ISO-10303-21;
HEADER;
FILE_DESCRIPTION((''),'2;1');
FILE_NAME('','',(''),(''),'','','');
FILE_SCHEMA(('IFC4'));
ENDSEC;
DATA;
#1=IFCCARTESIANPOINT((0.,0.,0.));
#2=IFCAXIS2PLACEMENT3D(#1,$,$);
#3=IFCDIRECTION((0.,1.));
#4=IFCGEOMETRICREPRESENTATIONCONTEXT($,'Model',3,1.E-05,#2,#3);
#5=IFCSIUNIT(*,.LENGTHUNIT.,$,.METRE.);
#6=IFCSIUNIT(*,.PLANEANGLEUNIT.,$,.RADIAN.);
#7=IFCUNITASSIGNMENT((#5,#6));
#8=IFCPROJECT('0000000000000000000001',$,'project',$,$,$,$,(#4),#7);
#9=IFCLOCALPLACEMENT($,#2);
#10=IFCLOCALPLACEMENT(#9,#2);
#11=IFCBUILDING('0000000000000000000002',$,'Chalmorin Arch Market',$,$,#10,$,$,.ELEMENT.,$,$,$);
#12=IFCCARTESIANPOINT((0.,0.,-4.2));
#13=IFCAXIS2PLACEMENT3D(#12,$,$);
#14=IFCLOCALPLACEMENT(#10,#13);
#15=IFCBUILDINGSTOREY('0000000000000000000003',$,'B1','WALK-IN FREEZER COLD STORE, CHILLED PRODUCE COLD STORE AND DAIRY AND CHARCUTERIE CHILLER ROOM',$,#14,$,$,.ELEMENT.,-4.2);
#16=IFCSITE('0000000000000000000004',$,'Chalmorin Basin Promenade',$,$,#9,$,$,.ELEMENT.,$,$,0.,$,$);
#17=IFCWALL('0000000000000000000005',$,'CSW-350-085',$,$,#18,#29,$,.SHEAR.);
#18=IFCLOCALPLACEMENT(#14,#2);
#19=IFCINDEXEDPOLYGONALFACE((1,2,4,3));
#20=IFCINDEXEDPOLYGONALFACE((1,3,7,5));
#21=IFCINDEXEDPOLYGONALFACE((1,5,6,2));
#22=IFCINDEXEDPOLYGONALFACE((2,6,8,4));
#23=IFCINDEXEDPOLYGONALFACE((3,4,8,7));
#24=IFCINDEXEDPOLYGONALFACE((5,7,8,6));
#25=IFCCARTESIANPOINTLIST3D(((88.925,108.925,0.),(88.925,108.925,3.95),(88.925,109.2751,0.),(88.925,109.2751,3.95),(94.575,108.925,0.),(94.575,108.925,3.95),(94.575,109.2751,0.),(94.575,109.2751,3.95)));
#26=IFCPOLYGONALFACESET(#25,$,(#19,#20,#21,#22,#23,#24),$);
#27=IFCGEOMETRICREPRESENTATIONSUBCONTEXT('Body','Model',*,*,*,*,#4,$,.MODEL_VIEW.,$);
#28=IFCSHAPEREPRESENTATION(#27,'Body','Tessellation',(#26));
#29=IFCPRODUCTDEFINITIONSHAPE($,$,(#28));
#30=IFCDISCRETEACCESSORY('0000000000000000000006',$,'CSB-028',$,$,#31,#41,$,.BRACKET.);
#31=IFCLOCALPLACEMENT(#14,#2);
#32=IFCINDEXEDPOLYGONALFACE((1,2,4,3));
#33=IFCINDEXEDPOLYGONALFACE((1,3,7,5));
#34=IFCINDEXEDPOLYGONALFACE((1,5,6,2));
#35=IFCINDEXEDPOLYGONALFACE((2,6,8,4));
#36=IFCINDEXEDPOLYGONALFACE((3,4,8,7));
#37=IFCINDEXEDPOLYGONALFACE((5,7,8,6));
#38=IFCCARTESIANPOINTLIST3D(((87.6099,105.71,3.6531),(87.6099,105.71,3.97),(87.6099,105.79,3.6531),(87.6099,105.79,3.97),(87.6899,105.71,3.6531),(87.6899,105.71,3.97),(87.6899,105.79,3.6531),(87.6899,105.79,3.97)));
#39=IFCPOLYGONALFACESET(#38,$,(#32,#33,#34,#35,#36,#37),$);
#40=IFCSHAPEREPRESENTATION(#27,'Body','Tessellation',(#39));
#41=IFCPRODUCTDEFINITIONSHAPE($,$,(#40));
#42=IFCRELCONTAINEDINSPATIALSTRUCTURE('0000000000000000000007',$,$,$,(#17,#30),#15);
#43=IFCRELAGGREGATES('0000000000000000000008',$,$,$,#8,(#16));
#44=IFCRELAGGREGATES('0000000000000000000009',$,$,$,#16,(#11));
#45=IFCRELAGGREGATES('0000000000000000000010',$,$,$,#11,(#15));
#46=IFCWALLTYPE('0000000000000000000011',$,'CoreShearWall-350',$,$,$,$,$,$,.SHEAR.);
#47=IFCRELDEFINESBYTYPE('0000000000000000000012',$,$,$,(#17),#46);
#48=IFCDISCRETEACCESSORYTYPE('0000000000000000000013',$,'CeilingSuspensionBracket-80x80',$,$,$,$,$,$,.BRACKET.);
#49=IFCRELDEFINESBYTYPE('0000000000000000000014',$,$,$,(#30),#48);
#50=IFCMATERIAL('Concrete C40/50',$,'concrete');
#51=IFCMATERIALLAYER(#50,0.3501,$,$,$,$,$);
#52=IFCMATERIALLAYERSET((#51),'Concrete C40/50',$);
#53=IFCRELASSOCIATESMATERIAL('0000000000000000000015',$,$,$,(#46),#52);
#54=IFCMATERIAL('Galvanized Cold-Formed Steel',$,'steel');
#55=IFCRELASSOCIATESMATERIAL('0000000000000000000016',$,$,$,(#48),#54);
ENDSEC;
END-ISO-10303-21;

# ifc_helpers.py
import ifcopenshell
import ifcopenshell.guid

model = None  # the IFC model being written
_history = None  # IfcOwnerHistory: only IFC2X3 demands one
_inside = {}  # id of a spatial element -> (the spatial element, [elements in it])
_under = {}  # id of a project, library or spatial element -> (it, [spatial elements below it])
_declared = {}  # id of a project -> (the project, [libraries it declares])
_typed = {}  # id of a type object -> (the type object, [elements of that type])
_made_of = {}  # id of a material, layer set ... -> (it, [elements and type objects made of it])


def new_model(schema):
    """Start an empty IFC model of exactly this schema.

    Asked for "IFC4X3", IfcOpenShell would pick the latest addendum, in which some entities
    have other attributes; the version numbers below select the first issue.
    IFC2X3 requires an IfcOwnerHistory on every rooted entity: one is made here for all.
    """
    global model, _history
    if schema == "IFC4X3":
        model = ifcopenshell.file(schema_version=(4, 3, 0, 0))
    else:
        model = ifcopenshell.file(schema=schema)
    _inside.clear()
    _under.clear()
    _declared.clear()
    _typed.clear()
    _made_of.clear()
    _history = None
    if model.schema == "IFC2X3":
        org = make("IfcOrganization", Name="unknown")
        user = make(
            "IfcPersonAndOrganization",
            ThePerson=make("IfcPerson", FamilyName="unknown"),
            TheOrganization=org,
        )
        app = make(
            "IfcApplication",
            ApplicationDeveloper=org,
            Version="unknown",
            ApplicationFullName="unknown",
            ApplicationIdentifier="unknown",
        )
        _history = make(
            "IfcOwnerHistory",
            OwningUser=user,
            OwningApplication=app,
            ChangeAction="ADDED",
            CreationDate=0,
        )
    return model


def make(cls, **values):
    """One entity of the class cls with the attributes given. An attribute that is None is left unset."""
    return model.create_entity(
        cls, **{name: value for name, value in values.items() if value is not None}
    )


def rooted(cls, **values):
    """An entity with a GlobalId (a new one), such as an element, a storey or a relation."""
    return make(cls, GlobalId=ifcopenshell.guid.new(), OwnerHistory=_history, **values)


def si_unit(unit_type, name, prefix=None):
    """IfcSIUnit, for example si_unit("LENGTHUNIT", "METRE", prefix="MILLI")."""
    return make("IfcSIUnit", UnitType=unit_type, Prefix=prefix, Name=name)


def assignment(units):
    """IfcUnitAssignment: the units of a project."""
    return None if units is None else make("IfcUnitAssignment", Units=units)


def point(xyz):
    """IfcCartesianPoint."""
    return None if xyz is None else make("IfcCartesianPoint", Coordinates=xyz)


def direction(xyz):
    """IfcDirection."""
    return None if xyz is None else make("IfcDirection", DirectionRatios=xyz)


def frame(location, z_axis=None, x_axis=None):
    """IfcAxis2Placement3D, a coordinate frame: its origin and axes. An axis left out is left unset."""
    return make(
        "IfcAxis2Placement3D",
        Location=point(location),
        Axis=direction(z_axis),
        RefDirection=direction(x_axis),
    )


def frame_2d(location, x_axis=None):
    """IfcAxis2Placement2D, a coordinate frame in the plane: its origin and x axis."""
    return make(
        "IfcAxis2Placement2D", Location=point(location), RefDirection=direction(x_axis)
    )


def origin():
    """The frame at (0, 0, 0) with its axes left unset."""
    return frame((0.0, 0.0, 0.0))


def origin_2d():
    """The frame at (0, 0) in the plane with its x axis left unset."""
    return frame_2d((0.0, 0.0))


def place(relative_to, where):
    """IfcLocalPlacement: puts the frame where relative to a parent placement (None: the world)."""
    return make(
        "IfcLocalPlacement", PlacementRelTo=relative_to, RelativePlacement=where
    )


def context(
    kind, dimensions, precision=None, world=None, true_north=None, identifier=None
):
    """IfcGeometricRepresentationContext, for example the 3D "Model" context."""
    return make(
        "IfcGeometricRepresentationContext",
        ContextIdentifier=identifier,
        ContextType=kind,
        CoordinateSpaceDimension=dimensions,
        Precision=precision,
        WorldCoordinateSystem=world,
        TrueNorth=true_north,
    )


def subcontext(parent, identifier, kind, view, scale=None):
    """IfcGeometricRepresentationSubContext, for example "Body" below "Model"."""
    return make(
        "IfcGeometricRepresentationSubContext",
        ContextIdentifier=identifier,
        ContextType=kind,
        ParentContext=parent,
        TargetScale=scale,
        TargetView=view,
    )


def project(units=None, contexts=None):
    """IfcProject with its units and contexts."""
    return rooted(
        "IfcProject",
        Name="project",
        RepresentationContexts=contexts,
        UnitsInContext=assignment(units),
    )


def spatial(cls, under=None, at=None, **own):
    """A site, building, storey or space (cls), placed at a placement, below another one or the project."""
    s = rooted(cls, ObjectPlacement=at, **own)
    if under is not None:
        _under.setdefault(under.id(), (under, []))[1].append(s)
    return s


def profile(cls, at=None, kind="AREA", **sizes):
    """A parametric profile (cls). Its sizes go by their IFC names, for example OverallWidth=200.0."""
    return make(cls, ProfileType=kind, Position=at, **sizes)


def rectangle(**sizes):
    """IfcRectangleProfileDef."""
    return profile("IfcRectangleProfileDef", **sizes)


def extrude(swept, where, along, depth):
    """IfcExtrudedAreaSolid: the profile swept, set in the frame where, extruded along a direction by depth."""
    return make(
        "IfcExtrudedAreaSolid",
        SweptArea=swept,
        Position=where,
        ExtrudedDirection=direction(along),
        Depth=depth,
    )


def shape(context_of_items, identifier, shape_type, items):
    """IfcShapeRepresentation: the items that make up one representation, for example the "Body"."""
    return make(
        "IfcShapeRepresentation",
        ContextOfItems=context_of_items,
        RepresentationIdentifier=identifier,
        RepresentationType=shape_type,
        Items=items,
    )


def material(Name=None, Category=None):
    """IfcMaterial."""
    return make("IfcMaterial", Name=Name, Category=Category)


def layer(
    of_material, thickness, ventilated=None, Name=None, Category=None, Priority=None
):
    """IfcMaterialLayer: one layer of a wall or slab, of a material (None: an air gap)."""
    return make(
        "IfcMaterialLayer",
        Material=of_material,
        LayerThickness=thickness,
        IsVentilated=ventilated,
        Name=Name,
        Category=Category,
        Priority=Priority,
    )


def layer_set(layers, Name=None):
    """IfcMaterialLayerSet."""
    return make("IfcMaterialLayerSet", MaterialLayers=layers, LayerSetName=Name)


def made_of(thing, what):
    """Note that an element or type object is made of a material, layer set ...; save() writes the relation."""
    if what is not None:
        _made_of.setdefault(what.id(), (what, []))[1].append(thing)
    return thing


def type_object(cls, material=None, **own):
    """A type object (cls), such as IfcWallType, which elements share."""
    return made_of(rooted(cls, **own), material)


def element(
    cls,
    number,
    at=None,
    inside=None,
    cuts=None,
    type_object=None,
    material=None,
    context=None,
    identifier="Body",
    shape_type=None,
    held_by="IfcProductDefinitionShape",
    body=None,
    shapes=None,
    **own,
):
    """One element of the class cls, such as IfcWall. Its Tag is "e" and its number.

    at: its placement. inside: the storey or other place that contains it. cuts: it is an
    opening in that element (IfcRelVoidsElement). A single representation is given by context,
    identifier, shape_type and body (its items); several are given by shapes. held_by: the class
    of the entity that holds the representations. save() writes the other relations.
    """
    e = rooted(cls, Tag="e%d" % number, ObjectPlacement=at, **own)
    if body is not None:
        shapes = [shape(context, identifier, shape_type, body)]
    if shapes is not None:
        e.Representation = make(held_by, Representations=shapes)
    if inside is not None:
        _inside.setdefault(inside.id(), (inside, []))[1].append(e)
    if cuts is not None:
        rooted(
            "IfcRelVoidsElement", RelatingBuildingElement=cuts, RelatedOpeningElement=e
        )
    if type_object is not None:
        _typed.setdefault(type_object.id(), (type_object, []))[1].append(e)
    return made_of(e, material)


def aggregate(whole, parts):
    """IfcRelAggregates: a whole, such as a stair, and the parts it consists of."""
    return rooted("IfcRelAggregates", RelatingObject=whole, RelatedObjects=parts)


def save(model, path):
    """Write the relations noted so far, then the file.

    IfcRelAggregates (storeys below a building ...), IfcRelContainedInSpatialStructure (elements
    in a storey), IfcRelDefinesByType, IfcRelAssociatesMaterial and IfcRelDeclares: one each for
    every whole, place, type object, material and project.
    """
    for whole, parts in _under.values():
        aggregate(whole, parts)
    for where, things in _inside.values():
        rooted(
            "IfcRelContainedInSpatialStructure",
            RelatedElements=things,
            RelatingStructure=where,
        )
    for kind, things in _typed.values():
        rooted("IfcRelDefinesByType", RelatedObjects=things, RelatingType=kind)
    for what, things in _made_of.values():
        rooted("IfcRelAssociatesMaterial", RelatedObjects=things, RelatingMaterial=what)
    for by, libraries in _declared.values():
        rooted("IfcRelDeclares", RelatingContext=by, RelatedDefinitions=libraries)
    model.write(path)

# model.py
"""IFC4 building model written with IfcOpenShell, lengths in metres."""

from ifc_helpers import new_model, si_unit, direction, frame, frame_2d, origin, origin_2d, place, context, subcontext, project, spatial, rectangle, extrude, material, layer, layer_set, type_object, element, save


model = new_model("IFC4")

# Units and contexts
model_context = context("Model", 3, precision=1e-05, world=origin(), true_north=direction((0.0, 1.0)))
body_context = subcontext(model_context, "Body", "Model", "MODEL_VIEW")
ifc_project = project(units=[si_unit("LENGTHUNIT", "METRE"), si_unit("PLANEANGLEUNIT", "RADIAN")], contexts=[model_context])

# Site, building, storey
site_placement = place(None, origin())
site = spatial("IfcSite", under=ifc_project, at=site_placement, Name="Chalmorin Basin Promenade", CompositionType="ELEMENT", RefElevation=0.0)
building_placement = place(site_placement, origin())
building = spatial("IfcBuilding", under=site, at=building_placement, Name="Chalmorin Arch Market", CompositionType="ELEMENT")
storey_placement = place(building_placement, frame((0.0, 0.0, -4.2)))
storey = spatial("IfcBuildingStorey", under=building, at=storey_placement, Name="B1", Description="WALK-IN FREEZER COLD STORE, CHILLED PRODUCE COLD STORE AND DAIRY AND CHARCUTERIE CHILLER ROOM", CompositionType="ELEMENT", Elevation=-4.2)

# Shared definitions
ifc_material_1 = material(Name="Concrete C40/50", Category="concrete")

# Wall
ifc_layer_1 = layer(ifc_material_1, 0.3501)
ifc_layer_set_1 = layer_set([ifc_layer_1], Name="Concrete C40/50")
wall_type = type_object("IfcWallType", Name="CoreShearWall-350", PredefinedType="SHEAR", material=ifc_layer_set_1)
wall_1_placement = place(storey_placement, frame((94.575, 109.1001, 0.0), z_axis=(0.0, 0.0, 1.0), x_axis=(-1.0, 0.0, 0.0)))
element("IfcWall", 1, at=wall_1_placement, inside=storey, type_object=wall_type, Name="CSW-350-085", PredefinedType="SHEAR", context=body_context, shape_type="SweptSolid", body=[
    extrude(rectangle(XDim=5.6499, YDim=0.3501, at=frame_2d((2.825, 0.0))), origin(), (0.0, 0.0, 1.0), 3.95),
])

# Discrete accessory
ifc_material_2 = material(Name="Galvanized Cold-Formed Steel", Category="steel")
discrete_accessory_type = type_object("IfcDiscreteAccessoryType", Name="CeilingSuspensionBracket-80x80", PredefinedType="BRACKET", material=ifc_material_2)
discrete_accessory_placement = place(storey_placement, frame((87.6499, 105.75, 3.6531), z_axis=(0.0, 0.0, 1.0), x_axis=(1.0, 0.0, 0.0)))
element("IfcDiscreteAccessory", 2, at=discrete_accessory_placement, inside=storey, type_object=discrete_accessory_type, Name="CSB-028", PredefinedType="BRACKET", context=body_context, shape_type="SweptSolid", body=[
    extrude(rectangle(XDim=0.0801, YDim=0.0801, at=origin_2d()), origin(), (0.0, 0.0, 1.0), 0.3169),
])

save(model, "model.ifc")
